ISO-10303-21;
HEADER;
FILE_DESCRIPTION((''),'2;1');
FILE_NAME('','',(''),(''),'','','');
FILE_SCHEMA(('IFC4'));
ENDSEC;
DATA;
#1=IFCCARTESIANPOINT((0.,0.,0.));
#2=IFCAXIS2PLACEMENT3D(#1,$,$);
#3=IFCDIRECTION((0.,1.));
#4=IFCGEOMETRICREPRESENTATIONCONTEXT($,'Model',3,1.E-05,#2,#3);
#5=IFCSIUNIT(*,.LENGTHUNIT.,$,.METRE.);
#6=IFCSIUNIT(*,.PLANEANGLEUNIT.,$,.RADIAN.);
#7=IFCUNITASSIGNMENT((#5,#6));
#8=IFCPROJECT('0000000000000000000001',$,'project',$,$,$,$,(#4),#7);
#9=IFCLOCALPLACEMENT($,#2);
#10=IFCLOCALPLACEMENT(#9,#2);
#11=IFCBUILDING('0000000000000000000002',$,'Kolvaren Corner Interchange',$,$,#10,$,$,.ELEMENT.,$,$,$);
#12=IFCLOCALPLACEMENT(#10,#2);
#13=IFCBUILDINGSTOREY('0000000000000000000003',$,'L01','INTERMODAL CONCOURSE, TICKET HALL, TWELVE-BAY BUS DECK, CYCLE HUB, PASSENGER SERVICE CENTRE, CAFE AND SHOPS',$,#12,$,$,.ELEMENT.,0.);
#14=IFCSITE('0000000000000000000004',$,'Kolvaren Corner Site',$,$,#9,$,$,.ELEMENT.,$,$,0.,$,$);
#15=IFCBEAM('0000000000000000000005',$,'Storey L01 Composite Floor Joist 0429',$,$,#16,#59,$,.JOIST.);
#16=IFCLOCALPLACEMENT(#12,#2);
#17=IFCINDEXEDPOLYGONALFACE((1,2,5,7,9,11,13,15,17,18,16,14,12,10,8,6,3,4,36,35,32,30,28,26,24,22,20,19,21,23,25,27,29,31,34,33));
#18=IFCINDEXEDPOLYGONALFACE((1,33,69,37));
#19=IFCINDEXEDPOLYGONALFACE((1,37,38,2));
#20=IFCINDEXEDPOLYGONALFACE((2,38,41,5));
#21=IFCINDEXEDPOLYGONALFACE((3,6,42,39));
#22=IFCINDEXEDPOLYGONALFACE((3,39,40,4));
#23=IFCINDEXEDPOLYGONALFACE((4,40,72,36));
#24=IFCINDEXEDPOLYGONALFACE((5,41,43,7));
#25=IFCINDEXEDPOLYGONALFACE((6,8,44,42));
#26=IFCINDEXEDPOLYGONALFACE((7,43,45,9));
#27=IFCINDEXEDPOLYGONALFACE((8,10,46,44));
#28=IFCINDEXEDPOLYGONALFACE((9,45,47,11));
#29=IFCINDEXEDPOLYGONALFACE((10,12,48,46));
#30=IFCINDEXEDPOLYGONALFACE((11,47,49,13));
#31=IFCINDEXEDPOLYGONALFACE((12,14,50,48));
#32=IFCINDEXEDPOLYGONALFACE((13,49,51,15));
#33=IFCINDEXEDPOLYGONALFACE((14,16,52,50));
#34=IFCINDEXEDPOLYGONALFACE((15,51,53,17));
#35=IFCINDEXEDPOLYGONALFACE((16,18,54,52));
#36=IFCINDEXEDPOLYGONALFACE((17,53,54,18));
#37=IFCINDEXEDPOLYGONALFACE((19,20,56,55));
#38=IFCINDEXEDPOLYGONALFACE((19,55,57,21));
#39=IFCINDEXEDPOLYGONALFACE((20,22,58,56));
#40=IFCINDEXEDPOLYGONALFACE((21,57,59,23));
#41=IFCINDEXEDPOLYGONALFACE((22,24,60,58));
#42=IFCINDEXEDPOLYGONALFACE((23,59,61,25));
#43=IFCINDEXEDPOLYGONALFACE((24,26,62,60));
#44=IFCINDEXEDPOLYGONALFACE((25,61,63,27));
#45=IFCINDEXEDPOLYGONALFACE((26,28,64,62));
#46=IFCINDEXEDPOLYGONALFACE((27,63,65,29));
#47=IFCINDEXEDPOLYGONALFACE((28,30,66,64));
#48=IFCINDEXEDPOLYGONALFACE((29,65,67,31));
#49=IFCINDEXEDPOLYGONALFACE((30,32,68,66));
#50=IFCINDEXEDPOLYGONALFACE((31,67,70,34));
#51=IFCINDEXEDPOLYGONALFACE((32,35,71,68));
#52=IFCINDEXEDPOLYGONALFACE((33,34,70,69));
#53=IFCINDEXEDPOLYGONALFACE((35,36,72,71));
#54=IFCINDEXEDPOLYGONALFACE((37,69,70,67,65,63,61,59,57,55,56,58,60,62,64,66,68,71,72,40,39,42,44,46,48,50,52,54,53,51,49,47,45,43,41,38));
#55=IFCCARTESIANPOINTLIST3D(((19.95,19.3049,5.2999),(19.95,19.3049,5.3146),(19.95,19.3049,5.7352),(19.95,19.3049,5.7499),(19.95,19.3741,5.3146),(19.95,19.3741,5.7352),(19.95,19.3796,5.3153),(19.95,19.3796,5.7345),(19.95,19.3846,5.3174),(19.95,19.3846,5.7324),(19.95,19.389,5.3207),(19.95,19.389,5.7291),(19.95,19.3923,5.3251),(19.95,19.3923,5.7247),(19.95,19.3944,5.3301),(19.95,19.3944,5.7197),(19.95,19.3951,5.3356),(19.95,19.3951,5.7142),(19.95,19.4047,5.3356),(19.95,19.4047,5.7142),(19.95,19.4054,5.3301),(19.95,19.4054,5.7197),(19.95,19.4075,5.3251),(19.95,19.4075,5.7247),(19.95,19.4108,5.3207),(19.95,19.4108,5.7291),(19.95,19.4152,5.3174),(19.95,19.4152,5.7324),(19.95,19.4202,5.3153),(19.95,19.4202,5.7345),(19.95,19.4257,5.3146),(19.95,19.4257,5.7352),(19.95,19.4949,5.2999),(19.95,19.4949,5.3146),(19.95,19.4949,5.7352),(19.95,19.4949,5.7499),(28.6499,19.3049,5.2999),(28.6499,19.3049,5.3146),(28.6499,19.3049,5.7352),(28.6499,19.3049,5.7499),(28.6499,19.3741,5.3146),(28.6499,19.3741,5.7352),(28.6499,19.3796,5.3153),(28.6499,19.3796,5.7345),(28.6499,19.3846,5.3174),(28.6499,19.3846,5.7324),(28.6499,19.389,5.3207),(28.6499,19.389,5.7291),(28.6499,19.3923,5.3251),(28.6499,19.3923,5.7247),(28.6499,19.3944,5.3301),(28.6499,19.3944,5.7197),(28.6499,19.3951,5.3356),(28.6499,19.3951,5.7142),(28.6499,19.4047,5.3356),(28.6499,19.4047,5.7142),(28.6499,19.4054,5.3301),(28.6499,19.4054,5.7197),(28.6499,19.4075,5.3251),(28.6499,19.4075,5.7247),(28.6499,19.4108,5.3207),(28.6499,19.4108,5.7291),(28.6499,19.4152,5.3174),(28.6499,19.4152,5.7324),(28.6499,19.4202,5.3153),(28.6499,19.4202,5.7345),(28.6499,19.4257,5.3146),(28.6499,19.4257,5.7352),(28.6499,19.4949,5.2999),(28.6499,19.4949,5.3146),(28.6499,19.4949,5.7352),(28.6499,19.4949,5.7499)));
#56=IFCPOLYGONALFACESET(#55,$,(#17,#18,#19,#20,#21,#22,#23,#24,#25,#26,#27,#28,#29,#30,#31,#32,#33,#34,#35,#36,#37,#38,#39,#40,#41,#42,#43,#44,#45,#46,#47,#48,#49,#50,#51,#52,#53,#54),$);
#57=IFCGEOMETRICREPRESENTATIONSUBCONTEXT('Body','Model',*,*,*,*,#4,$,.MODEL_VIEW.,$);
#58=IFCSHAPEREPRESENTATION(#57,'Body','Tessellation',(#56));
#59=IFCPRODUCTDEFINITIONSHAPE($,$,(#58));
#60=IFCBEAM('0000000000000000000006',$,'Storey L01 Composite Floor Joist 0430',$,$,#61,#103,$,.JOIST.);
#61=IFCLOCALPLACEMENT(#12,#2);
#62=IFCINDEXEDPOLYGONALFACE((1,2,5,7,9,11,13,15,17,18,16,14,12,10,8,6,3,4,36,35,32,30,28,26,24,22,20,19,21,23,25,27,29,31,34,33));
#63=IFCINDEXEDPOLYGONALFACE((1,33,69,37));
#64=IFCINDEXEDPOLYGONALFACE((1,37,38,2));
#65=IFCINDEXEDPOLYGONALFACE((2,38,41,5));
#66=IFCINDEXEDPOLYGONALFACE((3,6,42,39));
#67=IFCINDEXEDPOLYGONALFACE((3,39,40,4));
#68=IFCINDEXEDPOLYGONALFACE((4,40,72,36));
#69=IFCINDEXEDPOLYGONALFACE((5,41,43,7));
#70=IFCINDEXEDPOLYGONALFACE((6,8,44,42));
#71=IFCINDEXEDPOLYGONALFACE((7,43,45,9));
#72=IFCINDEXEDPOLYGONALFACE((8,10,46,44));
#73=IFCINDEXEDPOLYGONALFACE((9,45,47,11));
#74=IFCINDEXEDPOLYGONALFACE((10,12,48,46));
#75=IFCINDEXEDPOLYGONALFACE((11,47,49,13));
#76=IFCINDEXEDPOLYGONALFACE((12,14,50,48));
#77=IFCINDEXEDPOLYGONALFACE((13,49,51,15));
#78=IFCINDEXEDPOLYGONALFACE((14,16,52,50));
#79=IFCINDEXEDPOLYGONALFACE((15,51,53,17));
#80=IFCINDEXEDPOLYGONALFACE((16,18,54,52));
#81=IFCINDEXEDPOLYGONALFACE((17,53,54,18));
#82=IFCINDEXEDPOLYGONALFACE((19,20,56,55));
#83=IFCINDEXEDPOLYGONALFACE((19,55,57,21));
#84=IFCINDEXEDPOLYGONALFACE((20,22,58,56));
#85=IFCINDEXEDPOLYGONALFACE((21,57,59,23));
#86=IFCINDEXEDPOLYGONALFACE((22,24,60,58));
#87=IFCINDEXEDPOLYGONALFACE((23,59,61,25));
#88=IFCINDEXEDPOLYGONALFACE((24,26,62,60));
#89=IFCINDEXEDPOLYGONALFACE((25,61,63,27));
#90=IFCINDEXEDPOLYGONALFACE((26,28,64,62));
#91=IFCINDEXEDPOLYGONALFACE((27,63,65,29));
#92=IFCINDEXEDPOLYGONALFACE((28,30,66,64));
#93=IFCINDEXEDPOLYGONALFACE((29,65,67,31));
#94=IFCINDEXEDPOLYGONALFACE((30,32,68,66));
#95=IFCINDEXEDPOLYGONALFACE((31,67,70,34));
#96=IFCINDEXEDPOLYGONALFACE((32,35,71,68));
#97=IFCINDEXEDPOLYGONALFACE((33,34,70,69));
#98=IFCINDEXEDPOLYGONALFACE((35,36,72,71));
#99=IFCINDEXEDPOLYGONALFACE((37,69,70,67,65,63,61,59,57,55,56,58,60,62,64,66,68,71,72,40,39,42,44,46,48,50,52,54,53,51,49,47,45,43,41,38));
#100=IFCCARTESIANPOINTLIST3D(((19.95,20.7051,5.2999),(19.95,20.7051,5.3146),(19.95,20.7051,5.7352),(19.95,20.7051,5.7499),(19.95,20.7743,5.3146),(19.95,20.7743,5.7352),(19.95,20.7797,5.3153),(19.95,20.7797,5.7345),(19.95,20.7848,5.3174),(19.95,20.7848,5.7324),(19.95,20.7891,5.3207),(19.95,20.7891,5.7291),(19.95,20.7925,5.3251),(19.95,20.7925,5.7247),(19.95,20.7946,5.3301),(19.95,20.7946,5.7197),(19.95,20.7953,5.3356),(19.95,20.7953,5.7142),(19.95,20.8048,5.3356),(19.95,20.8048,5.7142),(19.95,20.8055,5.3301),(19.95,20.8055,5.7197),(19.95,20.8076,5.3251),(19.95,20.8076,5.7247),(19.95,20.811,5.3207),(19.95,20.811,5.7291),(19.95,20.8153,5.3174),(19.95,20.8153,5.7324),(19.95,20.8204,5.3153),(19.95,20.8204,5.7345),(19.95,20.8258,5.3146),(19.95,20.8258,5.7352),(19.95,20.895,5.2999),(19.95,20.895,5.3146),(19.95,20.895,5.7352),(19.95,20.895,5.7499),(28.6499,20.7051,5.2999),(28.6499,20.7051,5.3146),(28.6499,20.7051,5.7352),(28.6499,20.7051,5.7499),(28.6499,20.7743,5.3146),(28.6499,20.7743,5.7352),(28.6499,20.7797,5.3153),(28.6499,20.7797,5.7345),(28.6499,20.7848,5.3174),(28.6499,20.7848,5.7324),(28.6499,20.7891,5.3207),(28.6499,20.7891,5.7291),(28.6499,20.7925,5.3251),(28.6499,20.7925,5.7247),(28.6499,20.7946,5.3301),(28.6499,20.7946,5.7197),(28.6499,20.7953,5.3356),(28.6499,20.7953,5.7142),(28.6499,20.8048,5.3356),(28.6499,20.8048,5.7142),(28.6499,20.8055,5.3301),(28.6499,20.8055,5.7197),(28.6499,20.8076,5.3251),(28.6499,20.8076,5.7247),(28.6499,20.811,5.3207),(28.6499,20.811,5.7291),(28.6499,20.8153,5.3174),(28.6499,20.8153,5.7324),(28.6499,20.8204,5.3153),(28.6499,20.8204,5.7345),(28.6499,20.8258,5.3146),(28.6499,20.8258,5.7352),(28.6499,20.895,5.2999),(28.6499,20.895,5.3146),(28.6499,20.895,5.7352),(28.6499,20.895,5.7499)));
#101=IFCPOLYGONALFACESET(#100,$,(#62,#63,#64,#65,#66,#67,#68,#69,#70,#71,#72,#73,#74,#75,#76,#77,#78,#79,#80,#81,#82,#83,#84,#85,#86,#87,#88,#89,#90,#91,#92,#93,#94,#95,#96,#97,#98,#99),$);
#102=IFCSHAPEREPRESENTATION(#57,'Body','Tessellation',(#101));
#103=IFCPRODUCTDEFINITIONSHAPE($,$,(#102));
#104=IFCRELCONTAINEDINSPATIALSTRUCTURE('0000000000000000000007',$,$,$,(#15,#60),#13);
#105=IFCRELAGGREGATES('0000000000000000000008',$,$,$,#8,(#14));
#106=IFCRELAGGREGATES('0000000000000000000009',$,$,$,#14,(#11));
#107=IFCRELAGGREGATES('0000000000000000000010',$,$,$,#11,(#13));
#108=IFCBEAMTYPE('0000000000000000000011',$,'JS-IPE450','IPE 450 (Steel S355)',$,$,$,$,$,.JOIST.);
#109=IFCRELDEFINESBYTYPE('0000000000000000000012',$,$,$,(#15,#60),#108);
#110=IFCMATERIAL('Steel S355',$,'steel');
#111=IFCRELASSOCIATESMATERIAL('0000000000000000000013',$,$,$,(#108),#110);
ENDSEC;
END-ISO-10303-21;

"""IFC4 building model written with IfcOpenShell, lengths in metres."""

from ifc_helpers import new_model, si_unit, direction, frame, origin, origin_2d, place, context, subcontext, project, spatial, i_section, extrude, material, material_profile, profile_set, type_object, element, save


model = new_model("IFC4")

# Units and contexts
model_context = context("Model", 3, precision=1e-05, world=origin(), true_north=direction((0.0, 1.0)))
body_context = subcontext(model_context, "Body", "Model", "MODEL_VIEW")
ifc_project = project(units=[si_unit("LENGTHUNIT", "METRE"), si_unit("PLANEANGLEUNIT", "RADIAN")], contexts=[model_context])

# Site, building, storey
site_placement = place(None, origin())
site = spatial("IfcSite", under=ifc_project, at=site_placement, Name="Kolvaren Corner Site", CompositionType="ELEMENT", RefElevation=0.0)
building_placement = place(site_placement, origin())
building = spatial("IfcBuilding", under=site, at=building_placement, Name="Kolvaren Corner Interchange", CompositionType="ELEMENT")
storey_placement = place(building_placement, origin())
storey = spatial("IfcBuildingStorey", under=building, at=storey_placement, Name="L01", Description="INTERMODAL CONCOURSE, TICKET HALL, TWELVE-BAY BUS DECK, CYCLE HUB, PASSENGER SERVICE CENTRE, CAFE AND SHOPS", CompositionType="ELEMENT", Elevation=0.0)

# Beams
ifc_material_1 = material(Name="Steel S355", Category="steel")
ifc_material_profile_1 = material_profile(ifc_material_1, i_section(OverallWidth=0.1899, OverallDepth=0.45, WebThickness=0.0095, FlangeThickness=0.0146, FilletRadius=0.021, at=origin_2d()), Name="IPE 450")
ifc_profile_set_1 = profile_set([ifc_material_profile_1], Name="Steel S355")
beam_type_1 = type_object("IfcBeamType", Name="JS-IPE450", Description="IPE 450 (Steel S355)", PredefinedType="JOIST", material=ifc_profile_set_1)
for number, where, z_axis, x_axis, name in (
    (1, (19.95, 19.3999, 5.5249), (1.0, 0.0, 0.0), (0.0, 1.0, 0.0), "Storey L01 Composite Floor Joist 0429"),
    (2, (19.95, 20.8, 5.5249), (1.0, 0.0, 0.0), (0.0, 1.0, 0.0), "Storey L01 Composite Floor Joist 0430"),
):
    element("IfcBeam", number, at=place(storey_placement, frame(where, z_axis=z_axis, x_axis=x_axis)), inside=storey, type_object=beam_type_1, Name=name, PredefinedType="JOIST", context=body_context, shape_type="SweptSolid", body=[
        extrude(i_section(OverallWidth=0.1899, OverallDepth=0.45, WebThickness=0.0095, FlangeThickness=0.0146, FilletRadius=0.021, at=origin_2d()), origin(), (0.0, 0.0, 1.0), 8.7),
    ])

save(model, "model.ifc")
